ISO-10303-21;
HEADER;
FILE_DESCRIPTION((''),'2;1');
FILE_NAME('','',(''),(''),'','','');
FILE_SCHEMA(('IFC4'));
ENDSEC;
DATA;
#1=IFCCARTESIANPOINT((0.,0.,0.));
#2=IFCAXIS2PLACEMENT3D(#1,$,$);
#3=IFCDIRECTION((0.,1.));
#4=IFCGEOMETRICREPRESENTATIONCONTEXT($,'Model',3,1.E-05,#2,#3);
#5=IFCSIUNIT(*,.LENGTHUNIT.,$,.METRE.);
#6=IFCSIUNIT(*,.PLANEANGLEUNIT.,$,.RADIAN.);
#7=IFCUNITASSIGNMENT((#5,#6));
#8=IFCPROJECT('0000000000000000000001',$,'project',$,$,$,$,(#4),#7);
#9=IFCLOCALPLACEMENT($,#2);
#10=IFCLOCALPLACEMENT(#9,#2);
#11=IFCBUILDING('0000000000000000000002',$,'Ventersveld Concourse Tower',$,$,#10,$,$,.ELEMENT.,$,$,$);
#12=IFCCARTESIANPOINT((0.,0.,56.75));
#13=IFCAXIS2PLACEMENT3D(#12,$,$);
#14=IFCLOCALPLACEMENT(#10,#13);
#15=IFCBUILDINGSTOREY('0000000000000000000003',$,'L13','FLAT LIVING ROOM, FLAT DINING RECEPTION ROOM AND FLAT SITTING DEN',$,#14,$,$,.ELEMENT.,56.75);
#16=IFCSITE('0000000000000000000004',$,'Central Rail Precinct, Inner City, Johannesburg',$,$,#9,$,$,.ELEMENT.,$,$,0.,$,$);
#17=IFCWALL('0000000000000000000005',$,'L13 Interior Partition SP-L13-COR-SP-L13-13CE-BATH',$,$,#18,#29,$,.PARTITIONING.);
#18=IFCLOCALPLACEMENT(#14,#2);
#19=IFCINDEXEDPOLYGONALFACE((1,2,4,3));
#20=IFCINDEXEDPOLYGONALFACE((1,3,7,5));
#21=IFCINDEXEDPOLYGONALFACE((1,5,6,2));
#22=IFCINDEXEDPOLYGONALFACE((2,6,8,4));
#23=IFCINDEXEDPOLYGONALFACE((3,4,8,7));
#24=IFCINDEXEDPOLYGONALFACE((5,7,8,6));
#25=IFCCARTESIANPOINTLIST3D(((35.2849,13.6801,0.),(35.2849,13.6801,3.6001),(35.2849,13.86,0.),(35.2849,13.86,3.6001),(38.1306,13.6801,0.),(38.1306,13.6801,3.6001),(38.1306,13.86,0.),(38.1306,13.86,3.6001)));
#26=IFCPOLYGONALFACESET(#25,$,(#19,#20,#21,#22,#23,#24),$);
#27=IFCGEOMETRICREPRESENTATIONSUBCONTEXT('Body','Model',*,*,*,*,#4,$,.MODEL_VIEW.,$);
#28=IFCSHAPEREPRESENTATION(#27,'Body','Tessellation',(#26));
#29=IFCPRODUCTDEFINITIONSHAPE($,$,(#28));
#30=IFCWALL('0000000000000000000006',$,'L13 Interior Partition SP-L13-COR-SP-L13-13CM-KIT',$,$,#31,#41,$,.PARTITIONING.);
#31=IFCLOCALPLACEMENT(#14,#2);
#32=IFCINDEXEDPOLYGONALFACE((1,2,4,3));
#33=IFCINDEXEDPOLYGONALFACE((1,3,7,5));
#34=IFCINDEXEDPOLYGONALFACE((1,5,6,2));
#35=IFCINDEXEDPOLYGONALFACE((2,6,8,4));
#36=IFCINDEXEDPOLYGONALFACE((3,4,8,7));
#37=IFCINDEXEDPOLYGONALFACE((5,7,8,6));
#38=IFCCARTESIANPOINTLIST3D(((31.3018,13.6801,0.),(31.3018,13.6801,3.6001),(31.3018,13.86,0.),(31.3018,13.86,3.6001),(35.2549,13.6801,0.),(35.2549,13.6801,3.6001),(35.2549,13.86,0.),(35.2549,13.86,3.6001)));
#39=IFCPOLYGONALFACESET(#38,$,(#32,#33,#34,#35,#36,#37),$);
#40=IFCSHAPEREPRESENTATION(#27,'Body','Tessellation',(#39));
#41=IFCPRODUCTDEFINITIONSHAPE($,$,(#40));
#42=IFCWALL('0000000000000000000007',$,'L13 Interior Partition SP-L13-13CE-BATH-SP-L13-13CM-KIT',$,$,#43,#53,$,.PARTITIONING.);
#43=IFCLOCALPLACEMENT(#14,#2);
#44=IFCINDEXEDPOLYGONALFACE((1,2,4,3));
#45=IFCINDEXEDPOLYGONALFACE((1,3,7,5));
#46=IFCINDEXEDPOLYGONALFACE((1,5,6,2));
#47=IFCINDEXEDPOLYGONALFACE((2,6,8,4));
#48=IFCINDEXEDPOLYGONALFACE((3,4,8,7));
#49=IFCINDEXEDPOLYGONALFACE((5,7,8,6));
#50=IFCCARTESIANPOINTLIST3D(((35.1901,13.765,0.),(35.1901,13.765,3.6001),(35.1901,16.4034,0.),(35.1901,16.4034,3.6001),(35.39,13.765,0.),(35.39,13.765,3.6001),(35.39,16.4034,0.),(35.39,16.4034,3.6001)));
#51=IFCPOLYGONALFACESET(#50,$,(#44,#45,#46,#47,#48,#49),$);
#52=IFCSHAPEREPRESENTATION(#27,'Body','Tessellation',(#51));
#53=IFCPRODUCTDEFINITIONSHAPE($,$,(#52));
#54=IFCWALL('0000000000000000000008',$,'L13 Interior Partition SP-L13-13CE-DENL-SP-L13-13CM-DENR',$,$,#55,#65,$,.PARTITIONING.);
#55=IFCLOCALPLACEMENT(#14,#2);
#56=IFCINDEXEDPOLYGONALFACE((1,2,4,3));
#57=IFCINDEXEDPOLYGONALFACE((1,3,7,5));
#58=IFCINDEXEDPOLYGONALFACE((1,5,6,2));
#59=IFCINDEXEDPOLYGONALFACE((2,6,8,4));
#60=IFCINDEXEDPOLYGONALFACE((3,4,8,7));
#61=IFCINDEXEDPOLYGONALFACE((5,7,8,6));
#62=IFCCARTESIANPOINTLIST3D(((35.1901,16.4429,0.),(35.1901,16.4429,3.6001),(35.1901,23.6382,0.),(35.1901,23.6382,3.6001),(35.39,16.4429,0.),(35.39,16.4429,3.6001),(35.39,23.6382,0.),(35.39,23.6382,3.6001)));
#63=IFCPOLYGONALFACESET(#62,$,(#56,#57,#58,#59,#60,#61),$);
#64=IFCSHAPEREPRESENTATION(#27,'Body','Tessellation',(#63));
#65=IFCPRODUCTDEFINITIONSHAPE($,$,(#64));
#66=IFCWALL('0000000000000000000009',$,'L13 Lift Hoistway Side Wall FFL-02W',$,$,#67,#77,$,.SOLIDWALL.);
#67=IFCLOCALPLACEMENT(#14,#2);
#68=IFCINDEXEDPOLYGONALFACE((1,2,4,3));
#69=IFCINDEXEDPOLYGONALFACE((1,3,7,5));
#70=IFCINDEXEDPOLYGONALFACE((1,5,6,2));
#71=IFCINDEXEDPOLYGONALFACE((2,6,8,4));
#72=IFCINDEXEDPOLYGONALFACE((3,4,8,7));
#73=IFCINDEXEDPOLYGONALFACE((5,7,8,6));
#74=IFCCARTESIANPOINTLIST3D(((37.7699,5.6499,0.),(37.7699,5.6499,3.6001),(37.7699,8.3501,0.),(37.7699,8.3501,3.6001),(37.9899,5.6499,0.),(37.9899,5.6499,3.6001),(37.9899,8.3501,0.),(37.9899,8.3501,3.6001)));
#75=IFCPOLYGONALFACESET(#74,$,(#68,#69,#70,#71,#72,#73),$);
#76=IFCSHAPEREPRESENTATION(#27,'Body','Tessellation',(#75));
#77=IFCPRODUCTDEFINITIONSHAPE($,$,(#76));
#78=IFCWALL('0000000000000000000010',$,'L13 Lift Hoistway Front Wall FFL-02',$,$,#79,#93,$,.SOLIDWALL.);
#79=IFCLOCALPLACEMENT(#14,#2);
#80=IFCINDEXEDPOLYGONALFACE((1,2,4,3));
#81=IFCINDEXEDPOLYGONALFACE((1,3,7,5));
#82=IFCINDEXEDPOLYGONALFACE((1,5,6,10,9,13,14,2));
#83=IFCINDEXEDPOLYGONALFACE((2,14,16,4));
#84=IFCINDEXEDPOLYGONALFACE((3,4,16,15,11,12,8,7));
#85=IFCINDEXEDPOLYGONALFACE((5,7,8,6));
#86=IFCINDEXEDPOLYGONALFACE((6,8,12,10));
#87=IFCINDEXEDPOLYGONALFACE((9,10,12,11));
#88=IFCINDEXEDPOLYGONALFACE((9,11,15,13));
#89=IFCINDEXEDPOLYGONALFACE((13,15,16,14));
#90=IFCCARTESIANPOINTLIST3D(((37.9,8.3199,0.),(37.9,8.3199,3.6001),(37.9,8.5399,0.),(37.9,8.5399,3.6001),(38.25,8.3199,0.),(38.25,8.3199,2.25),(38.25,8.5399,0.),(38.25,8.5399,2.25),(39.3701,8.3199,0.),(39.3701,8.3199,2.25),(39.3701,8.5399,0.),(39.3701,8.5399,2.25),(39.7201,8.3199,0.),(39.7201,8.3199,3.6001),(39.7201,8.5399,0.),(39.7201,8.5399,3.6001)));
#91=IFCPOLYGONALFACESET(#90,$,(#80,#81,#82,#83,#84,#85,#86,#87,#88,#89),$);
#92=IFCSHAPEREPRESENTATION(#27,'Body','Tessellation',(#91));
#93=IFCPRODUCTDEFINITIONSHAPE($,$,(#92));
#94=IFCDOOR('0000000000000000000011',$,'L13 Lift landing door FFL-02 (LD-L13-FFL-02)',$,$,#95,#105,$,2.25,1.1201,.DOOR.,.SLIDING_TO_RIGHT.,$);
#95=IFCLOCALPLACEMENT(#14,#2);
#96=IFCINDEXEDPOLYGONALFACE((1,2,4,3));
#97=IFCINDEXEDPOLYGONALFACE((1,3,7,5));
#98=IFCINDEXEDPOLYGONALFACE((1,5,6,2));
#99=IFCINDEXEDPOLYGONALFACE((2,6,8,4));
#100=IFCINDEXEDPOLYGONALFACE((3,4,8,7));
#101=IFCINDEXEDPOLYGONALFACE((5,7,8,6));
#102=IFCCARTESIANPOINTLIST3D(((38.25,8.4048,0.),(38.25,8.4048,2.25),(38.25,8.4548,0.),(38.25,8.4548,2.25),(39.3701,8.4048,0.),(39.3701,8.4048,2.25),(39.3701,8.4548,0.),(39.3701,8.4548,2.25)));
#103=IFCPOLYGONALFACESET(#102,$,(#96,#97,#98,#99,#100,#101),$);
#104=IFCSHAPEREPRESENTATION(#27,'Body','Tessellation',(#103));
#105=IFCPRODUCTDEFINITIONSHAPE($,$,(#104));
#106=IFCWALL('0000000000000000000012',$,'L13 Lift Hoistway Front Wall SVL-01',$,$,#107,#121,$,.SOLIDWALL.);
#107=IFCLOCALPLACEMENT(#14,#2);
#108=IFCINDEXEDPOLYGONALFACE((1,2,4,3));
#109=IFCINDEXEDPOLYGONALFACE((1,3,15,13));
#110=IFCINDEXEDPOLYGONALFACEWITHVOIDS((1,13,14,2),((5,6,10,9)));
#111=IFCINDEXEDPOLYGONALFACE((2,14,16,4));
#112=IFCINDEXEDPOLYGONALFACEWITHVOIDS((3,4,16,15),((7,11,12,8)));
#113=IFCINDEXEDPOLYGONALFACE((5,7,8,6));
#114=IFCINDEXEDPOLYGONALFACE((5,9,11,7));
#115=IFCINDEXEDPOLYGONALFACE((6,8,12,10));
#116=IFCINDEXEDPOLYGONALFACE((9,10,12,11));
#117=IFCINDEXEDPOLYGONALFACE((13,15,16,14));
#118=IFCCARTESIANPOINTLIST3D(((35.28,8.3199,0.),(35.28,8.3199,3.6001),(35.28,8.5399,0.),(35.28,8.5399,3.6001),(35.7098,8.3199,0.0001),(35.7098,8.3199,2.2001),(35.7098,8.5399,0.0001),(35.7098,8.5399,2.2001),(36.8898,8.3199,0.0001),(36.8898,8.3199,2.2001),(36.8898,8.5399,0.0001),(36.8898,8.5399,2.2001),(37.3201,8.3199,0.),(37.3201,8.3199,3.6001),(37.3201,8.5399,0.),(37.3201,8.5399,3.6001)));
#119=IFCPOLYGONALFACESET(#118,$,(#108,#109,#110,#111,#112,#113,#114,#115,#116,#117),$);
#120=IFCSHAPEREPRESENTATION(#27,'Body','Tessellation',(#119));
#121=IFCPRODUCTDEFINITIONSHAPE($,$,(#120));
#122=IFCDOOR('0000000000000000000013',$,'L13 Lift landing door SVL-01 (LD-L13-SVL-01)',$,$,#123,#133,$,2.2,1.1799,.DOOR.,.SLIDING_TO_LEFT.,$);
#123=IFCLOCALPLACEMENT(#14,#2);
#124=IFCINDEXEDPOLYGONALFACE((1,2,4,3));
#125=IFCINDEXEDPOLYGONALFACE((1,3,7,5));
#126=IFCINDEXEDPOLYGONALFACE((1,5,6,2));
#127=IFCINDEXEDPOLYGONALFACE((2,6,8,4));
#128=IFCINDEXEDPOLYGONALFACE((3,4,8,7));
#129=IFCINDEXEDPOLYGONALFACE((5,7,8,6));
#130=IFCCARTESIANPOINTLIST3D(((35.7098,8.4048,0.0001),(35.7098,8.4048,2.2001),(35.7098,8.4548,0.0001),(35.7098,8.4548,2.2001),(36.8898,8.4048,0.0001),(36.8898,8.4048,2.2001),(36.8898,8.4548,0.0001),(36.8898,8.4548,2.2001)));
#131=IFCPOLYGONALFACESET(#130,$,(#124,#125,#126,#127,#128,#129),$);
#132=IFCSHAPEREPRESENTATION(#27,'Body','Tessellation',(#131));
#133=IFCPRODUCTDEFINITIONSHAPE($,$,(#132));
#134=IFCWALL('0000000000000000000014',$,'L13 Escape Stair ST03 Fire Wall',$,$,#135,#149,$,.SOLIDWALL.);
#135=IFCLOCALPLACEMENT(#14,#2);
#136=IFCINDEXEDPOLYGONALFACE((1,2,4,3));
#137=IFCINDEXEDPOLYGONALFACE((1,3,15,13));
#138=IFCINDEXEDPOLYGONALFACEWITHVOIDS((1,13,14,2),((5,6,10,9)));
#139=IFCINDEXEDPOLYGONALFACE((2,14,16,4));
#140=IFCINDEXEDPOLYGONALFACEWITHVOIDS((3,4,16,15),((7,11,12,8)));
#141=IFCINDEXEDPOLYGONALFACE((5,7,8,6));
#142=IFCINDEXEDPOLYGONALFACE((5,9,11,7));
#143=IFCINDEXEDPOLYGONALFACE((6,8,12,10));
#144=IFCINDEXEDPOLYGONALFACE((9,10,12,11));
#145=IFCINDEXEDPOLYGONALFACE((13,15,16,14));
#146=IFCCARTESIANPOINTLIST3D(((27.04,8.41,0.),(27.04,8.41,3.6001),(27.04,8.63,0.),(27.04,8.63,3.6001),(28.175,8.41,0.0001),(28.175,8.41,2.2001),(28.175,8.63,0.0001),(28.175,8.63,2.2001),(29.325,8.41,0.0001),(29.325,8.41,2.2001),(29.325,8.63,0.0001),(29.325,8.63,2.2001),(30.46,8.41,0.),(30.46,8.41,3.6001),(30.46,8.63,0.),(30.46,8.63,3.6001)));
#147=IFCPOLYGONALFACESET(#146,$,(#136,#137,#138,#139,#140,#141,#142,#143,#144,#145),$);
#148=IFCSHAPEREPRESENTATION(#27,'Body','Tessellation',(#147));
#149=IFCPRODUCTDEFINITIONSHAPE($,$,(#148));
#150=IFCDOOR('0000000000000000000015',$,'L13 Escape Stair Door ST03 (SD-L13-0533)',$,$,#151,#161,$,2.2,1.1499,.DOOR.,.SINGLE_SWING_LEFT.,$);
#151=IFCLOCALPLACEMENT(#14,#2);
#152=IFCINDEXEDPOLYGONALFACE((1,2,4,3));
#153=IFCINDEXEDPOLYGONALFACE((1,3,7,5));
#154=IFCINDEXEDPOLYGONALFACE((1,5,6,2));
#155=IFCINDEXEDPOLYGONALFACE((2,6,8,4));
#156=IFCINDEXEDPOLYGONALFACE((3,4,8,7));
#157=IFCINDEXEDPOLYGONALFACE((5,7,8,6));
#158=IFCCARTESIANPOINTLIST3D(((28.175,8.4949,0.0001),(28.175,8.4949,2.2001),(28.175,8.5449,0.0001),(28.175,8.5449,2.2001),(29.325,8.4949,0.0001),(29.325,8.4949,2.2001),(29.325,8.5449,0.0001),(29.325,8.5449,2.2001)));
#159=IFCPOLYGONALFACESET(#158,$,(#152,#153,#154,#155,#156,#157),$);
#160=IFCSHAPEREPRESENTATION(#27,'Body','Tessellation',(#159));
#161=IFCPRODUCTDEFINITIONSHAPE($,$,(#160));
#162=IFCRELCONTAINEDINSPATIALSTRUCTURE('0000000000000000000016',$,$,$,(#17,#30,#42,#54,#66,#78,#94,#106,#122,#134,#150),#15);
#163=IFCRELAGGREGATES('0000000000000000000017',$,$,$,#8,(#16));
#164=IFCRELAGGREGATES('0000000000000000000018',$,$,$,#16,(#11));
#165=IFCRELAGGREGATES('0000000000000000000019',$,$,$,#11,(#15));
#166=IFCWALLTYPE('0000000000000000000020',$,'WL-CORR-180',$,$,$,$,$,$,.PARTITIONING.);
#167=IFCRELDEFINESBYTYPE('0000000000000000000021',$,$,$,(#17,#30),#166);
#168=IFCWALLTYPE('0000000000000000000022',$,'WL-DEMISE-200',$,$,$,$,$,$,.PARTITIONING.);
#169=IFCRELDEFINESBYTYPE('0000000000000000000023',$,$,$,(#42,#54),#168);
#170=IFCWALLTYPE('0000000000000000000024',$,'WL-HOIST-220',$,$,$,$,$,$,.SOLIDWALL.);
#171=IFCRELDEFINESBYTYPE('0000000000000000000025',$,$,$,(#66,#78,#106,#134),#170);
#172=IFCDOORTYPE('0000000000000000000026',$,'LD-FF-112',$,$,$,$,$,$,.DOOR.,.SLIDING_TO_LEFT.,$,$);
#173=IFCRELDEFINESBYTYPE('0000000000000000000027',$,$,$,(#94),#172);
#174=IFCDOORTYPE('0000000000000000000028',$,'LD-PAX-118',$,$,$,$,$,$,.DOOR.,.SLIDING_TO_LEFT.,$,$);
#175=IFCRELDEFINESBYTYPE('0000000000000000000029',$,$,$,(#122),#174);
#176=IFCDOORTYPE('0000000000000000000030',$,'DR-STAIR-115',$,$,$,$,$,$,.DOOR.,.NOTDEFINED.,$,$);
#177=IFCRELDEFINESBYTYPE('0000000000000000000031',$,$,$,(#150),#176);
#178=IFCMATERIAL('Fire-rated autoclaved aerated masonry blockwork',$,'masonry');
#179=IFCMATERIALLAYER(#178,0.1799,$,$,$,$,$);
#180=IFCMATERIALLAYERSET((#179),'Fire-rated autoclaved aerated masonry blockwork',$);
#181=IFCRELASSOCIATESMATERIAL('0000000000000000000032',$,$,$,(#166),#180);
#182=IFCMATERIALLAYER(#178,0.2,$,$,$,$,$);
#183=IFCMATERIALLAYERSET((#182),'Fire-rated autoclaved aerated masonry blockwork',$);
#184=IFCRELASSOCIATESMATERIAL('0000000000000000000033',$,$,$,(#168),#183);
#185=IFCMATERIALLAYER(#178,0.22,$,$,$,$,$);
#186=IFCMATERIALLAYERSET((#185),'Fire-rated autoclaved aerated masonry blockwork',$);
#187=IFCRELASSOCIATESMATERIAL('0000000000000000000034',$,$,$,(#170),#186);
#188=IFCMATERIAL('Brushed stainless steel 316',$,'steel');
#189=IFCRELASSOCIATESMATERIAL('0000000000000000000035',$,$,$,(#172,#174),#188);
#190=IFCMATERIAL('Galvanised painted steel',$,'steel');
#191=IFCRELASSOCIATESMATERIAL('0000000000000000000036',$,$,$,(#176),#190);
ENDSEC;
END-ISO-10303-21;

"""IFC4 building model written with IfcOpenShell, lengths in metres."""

from ifc_helpers import new_model, si_unit, direction, frame, frame_2d, origin, place, context, subcontext, project, spatial, rectangle, extrude, material, layer, layer_set, type_object, element, fill, save


model = new_model("IFC4")

# Units and contexts
model_context = context("Model", 3, precision=1e-05, world=origin(), true_north=direction((0.0, 1.0)))
body_context = subcontext(model_context, "Body", "Model", "MODEL_VIEW")
ifc_project = project(units=[si_unit("LENGTHUNIT", "METRE"), si_unit("PLANEANGLEUNIT", "RADIAN")], contexts=[model_context])

# Site, building, storey
site_placement = place(None, origin())
site = spatial("IfcSite", under=ifc_project, at=site_placement, Name="Central Rail Precinct, Inner City, Johannesburg", CompositionType="ELEMENT", RefElevation=0.0)
building_placement = place(site_placement, origin())
building = spatial("IfcBuilding", under=site, at=building_placement, Name="Ventersveld Concourse Tower", CompositionType="ELEMENT")
storey_placement = place(building_placement, frame((0.0, 0.0, 56.75)))
storey = spatial("IfcBuildingStorey", under=building, at=storey_placement, Name="L13", Description="FLAT LIVING ROOM, FLAT DINING RECEPTION ROOM AND FLAT SITTING DEN", CompositionType="ELEMENT", Elevation=56.75)

# Shared definitions
ifc_material_1 = material(Name="Fire-rated autoclaved aerated masonry blockwork", Category="masonry")
ifc_layer_1 = layer(ifc_material_1, 0.1799)
ifc_layer_set_1 = layer_set([ifc_layer_1], Name="Fire-rated autoclaved aerated masonry blockwork")
wall_type_1 = type_object("IfcWallType", Name="WL-CORR-180", PredefinedType="PARTITIONING", material=ifc_layer_set_1)

# Shared definitions
ifc_material_2 = material(Name="Galvanised painted steel", Category="steel")

# Walls
wall_1_placement = place(storey_placement, frame((35.2849, 13.77, 0.0), z_axis=(0.0, 0.0, 1.0), x_axis=(1.0, 0.0, 0.0)))
element("IfcWall", 1, at=wall_1_placement, inside=storey, type_object=wall_type_1, Name="L13 Interior Partition SP-L13-COR-SP-L13-13CE-BATH", PredefinedType="PARTITIONING", context=body_context, shape_type="SweptSolid", body=[
    extrude(rectangle(XDim=2.8457, YDim=0.1799, at=frame_2d((1.4229, 0.0))), origin(), (0.0, 0.0, 1.0), 3.6001),
])
wall_2_placement = place(storey_placement, frame((31.3018, 13.77, 0.0), z_axis=(0.0, 0.0, 1.0), x_axis=(1.0, 0.0, 0.0)))
element("IfcWall", 2, at=wall_2_placement, inside=storey, type_object=wall_type_1, Name="L13 Interior Partition SP-L13-COR-SP-L13-13CM-KIT", PredefinedType="PARTITIONING", context=body_context, shape_type="SweptSolid", body=[
    extrude(rectangle(XDim=3.9531, YDim=0.1799, at=frame_2d((1.9766, 0.0))), origin(), (0.0, 0.0, 1.0), 3.6001),
])
ifc_layer_2 = layer(ifc_material_1, 0.2)
ifc_layer_set_2 = layer_set([ifc_layer_2], Name="Fire-rated autoclaved aerated masonry blockwork")
wall_type_2 = type_object("IfcWallType", Name="WL-DEMISE-200", PredefinedType="PARTITIONING", material=ifc_layer_set_2)
wall_3_placement = place(storey_placement, frame((35.29, 13.7649, 0.0), z_axis=(0.0, 0.0, 1.0), x_axis=(0.0, 1.0, 0.0)))
element("IfcWall", 3, at=wall_3_placement, inside=storey, type_object=wall_type_2, Name="L13 Interior Partition SP-L13-13CE-BATH-SP-L13-13CM-KIT", PredefinedType="PARTITIONING", context=body_context, shape_type="SweptSolid", body=[
    extrude(rectangle(XDim=2.6384, YDim=0.2, at=frame_2d((1.3193, 0.0))), origin(), (0.0, 0.0, 1.0), 3.6001),
])
wall_4_placement = place(storey_placement, frame((35.29, 16.4429, 0.0), z_axis=(0.0, 0.0, 1.0), x_axis=(0.0, 1.0, 0.0)))
element("IfcWall", 4, at=wall_4_placement, inside=storey, type_object=wall_type_2, Name="L13 Interior Partition SP-L13-13CE-DENL-SP-L13-13CM-DENR", PredefinedType="PARTITIONING", context=body_context, shape_type="SweptSolid", body=[
    extrude(rectangle(XDim=7.1953, YDim=0.2, at=frame_2d((3.5977, 0.0))), origin(), (0.0, 0.0, 1.0), 3.6001),
])
ifc_layer_3 = layer(ifc_material_1, 0.22)
ifc_layer_set_3 = layer_set([ifc_layer_3], Name="Fire-rated autoclaved aerated masonry blockwork")
wall_type_3 = type_object("IfcWallType", Name="WL-HOIST-220", PredefinedType="SOLIDWALL", material=ifc_layer_set_3)
wall_5_placement = place(storey_placement, frame((37.8799, 5.6499, 0.0), z_axis=(0.0, 0.0, 1.0), x_axis=(0.0, 1.0, 0.0)))
element("IfcWall", 5, at=wall_5_placement, inside=storey, type_object=wall_type_3, Name="L13 Lift Hoistway Side Wall FFL-02W", PredefinedType="SOLIDWALL", context=body_context, shape_type="SweptSolid", body=[
    extrude(rectangle(XDim=2.7002, YDim=0.22, at=frame_2d((1.3501, 0.0))), origin(), (0.0, 0.0, 1.0), 3.6001),
])

# Walls, openings, doors
wall_6_placement = place(storey_placement, frame((37.8999, 8.4299, 0.0), z_axis=(0.0, 0.0, 1.0), x_axis=(1.0, 0.0, 0.0)))
wall_6 = element("IfcWall", 6, at=wall_6_placement, inside=storey, type_object=wall_type_3, Name="L13 Lift Hoistway Front Wall FFL-02", PredefinedType="SOLIDWALL", context=body_context, shape_type="SweptSolid", body=[
    extrude(rectangle(XDim=1.8201, YDim=0.22, at=frame_2d((0.9102, 0.0))), origin(), (0.0, 0.0, 1.0), 3.6001),
])
opening_1_placement = place(wall_6_placement, frame((0.3501, 0.0, 0.0)))
opening_1 = element("IfcOpeningElement", 7, at=opening_1_placement, cuts=wall_6, PredefinedType="OPENING", context=body_context, shape_type="SweptSolid", body=[
    extrude(rectangle(XDim=1.1201, YDim=2.25, at=frame_2d((0.5601, 1.125))), frame((0.0, 0.1201, 0.0), z_axis=(0.0, -1.0, 0.0), x_axis=(1.0, 0.0, 0.0)), (0.0, 0.0, 1.0), 0.24),
])
ifc_material_3 = material(Name="Brushed stainless steel 316", Category="steel")
door_type_1 = type_object("IfcDoorType", Name="LD-FF-112", OperationType="SLIDING_TO_LEFT", PredefinedType="DOOR", material=ifc_material_3)
door_1_placement = place(opening_1_placement, origin())
door_1 = element("IfcDoor", 8, at=door_1_placement, inside=storey, type_object=door_type_1, Name="L13 Lift landing door FFL-02 (LD-L13-FFL-02)", OperationType="SLIDING_TO_RIGHT", OverallHeight=2.25, OverallWidth=1.1201, PredefinedType="DOOR", context=body_context, shape_type="SweptSolid", body=[
    extrude(rectangle(XDim=1.1201, YDim=2.25, at=frame_2d((0.5601, 1.125))), frame((0.0, 0.0249, 0.0), z_axis=(0.0, -1.0, 0.0), x_axis=(1.0, 0.0, 0.0)), (0.0, 0.0, 1.0), 0.05),
])
fill(opening_1, door_1)
wall_7_placement = place(storey_placement, frame((35.28, 8.4299, 0.0), z_axis=(0.0, 0.0, 1.0), x_axis=(1.0, 0.0, 0.0)))
wall_7 = element("IfcWall", 9, at=wall_7_placement, inside=storey, type_object=wall_type_3, Name="L13 Lift Hoistway Front Wall SVL-01", PredefinedType="SOLIDWALL", context=body_context, shape_type="SweptSolid", body=[
    extrude(rectangle(XDim=2.04, YDim=0.22, at=frame_2d((1.02, 0.0))), origin(), (0.0, 0.0, 1.0), 3.6001),
])
opening_2_placement = place(wall_7_placement, frame((0.4299, 0.0, 0.0)))
opening_2 = element("IfcOpeningElement", 10, at=opening_2_placement, cuts=wall_7, PredefinedType="OPENING", context=body_context, shape_type="SweptSolid", body=[
    extrude(rectangle(XDim=1.1799, YDim=2.2, at=frame_2d((0.5898, 1.1001))), frame((0.0, 0.1201, 0.0), z_axis=(0.0, -1.0, 0.0), x_axis=(1.0, 0.0, 0.0)), (0.0, 0.0, 1.0), 0.24),
])
door_type_2 = type_object("IfcDoorType", Name="LD-PAX-118", OperationType="SLIDING_TO_LEFT", PredefinedType="DOOR", material=ifc_material_3)
door_2_placement = place(opening_2_placement, origin())
door_2 = element("IfcDoor", 11, at=door_2_placement, inside=storey, type_object=door_type_2, Name="L13 Lift landing door SVL-01 (LD-L13-SVL-01)", OperationType="SLIDING_TO_LEFT", OverallHeight=2.2, OverallWidth=1.1799, PredefinedType="DOOR", context=body_context, shape_type="SweptSolid", body=[
    extrude(rectangle(XDim=1.1799, YDim=2.2, at=frame_2d((0.5898, 1.1001))), frame((0.0, 0.0249, 0.0), z_axis=(0.0, -1.0, 0.0), x_axis=(1.0, 0.0, 0.0)), (0.0, 0.0, 1.0), 0.05),
])
fill(opening_2, door_2)
wall_8_placement = place(storey_placement, frame((27.04, 8.52, 0.0), z_axis=(0.0, 0.0, 1.0), x_axis=(1.0, 0.0, 0.0)))
wall_8 = element("IfcWall", 12, at=wall_8_placement, inside=storey, type_object=wall_type_3, Name="L13 Escape Stair ST03 Fire Wall", PredefinedType="SOLIDWALL", context=body_context, shape_type="SweptSolid", body=[
    extrude(rectangle(XDim=3.4199, YDim=0.22, at=frame_2d((1.71, 0.0))), origin(), (0.0, 0.0, 1.0), 3.6001),
])
opening_3_placement = place(wall_8_placement, frame((1.135, 0.0, 0.0)))
opening_3 = element("IfcOpeningElement", 13, at=opening_3_placement, cuts=wall_8, PredefinedType="OPENING", context=body_context, shape_type="SweptSolid", body=[
    extrude(rectangle(XDim=1.1499, YDim=2.2, at=frame_2d((0.575, 1.1001))), frame((0.0, 0.1201, 0.0), z_axis=(0.0, -1.0, 0.0), x_axis=(1.0, 0.0, 0.0)), (0.0, 0.0, 1.0), 0.24),
])
door_type_3 = type_object("IfcDoorType", Name="DR-STAIR-115", OperationType="NOTDEFINED", PredefinedType="DOOR", material=ifc_material_2)
door_3_placement = place(opening_3_placement, origin())
door_3 = element("IfcDoor", 14, at=door_3_placement, inside=storey, type_object=door_type_3, Name="L13 Escape Stair Door ST03 (SD-L13-0533)", OperationType="SINGLE_SWING_LEFT", OverallHeight=2.2, OverallWidth=1.1499, PredefinedType="DOOR", context=body_context, shape_type="SweptSolid", body=[
    extrude(rectangle(XDim=1.1499, YDim=2.2, at=frame_2d((0.575, 1.1001))), frame((0.0, 0.0249, 0.0), z_axis=(0.0, -1.0, 0.0), x_axis=(1.0, 0.0, 0.0)), (0.0, 0.0, 1.0), 0.05),
])
fill(opening_3, door_3)

save(model, "model.ifc")
